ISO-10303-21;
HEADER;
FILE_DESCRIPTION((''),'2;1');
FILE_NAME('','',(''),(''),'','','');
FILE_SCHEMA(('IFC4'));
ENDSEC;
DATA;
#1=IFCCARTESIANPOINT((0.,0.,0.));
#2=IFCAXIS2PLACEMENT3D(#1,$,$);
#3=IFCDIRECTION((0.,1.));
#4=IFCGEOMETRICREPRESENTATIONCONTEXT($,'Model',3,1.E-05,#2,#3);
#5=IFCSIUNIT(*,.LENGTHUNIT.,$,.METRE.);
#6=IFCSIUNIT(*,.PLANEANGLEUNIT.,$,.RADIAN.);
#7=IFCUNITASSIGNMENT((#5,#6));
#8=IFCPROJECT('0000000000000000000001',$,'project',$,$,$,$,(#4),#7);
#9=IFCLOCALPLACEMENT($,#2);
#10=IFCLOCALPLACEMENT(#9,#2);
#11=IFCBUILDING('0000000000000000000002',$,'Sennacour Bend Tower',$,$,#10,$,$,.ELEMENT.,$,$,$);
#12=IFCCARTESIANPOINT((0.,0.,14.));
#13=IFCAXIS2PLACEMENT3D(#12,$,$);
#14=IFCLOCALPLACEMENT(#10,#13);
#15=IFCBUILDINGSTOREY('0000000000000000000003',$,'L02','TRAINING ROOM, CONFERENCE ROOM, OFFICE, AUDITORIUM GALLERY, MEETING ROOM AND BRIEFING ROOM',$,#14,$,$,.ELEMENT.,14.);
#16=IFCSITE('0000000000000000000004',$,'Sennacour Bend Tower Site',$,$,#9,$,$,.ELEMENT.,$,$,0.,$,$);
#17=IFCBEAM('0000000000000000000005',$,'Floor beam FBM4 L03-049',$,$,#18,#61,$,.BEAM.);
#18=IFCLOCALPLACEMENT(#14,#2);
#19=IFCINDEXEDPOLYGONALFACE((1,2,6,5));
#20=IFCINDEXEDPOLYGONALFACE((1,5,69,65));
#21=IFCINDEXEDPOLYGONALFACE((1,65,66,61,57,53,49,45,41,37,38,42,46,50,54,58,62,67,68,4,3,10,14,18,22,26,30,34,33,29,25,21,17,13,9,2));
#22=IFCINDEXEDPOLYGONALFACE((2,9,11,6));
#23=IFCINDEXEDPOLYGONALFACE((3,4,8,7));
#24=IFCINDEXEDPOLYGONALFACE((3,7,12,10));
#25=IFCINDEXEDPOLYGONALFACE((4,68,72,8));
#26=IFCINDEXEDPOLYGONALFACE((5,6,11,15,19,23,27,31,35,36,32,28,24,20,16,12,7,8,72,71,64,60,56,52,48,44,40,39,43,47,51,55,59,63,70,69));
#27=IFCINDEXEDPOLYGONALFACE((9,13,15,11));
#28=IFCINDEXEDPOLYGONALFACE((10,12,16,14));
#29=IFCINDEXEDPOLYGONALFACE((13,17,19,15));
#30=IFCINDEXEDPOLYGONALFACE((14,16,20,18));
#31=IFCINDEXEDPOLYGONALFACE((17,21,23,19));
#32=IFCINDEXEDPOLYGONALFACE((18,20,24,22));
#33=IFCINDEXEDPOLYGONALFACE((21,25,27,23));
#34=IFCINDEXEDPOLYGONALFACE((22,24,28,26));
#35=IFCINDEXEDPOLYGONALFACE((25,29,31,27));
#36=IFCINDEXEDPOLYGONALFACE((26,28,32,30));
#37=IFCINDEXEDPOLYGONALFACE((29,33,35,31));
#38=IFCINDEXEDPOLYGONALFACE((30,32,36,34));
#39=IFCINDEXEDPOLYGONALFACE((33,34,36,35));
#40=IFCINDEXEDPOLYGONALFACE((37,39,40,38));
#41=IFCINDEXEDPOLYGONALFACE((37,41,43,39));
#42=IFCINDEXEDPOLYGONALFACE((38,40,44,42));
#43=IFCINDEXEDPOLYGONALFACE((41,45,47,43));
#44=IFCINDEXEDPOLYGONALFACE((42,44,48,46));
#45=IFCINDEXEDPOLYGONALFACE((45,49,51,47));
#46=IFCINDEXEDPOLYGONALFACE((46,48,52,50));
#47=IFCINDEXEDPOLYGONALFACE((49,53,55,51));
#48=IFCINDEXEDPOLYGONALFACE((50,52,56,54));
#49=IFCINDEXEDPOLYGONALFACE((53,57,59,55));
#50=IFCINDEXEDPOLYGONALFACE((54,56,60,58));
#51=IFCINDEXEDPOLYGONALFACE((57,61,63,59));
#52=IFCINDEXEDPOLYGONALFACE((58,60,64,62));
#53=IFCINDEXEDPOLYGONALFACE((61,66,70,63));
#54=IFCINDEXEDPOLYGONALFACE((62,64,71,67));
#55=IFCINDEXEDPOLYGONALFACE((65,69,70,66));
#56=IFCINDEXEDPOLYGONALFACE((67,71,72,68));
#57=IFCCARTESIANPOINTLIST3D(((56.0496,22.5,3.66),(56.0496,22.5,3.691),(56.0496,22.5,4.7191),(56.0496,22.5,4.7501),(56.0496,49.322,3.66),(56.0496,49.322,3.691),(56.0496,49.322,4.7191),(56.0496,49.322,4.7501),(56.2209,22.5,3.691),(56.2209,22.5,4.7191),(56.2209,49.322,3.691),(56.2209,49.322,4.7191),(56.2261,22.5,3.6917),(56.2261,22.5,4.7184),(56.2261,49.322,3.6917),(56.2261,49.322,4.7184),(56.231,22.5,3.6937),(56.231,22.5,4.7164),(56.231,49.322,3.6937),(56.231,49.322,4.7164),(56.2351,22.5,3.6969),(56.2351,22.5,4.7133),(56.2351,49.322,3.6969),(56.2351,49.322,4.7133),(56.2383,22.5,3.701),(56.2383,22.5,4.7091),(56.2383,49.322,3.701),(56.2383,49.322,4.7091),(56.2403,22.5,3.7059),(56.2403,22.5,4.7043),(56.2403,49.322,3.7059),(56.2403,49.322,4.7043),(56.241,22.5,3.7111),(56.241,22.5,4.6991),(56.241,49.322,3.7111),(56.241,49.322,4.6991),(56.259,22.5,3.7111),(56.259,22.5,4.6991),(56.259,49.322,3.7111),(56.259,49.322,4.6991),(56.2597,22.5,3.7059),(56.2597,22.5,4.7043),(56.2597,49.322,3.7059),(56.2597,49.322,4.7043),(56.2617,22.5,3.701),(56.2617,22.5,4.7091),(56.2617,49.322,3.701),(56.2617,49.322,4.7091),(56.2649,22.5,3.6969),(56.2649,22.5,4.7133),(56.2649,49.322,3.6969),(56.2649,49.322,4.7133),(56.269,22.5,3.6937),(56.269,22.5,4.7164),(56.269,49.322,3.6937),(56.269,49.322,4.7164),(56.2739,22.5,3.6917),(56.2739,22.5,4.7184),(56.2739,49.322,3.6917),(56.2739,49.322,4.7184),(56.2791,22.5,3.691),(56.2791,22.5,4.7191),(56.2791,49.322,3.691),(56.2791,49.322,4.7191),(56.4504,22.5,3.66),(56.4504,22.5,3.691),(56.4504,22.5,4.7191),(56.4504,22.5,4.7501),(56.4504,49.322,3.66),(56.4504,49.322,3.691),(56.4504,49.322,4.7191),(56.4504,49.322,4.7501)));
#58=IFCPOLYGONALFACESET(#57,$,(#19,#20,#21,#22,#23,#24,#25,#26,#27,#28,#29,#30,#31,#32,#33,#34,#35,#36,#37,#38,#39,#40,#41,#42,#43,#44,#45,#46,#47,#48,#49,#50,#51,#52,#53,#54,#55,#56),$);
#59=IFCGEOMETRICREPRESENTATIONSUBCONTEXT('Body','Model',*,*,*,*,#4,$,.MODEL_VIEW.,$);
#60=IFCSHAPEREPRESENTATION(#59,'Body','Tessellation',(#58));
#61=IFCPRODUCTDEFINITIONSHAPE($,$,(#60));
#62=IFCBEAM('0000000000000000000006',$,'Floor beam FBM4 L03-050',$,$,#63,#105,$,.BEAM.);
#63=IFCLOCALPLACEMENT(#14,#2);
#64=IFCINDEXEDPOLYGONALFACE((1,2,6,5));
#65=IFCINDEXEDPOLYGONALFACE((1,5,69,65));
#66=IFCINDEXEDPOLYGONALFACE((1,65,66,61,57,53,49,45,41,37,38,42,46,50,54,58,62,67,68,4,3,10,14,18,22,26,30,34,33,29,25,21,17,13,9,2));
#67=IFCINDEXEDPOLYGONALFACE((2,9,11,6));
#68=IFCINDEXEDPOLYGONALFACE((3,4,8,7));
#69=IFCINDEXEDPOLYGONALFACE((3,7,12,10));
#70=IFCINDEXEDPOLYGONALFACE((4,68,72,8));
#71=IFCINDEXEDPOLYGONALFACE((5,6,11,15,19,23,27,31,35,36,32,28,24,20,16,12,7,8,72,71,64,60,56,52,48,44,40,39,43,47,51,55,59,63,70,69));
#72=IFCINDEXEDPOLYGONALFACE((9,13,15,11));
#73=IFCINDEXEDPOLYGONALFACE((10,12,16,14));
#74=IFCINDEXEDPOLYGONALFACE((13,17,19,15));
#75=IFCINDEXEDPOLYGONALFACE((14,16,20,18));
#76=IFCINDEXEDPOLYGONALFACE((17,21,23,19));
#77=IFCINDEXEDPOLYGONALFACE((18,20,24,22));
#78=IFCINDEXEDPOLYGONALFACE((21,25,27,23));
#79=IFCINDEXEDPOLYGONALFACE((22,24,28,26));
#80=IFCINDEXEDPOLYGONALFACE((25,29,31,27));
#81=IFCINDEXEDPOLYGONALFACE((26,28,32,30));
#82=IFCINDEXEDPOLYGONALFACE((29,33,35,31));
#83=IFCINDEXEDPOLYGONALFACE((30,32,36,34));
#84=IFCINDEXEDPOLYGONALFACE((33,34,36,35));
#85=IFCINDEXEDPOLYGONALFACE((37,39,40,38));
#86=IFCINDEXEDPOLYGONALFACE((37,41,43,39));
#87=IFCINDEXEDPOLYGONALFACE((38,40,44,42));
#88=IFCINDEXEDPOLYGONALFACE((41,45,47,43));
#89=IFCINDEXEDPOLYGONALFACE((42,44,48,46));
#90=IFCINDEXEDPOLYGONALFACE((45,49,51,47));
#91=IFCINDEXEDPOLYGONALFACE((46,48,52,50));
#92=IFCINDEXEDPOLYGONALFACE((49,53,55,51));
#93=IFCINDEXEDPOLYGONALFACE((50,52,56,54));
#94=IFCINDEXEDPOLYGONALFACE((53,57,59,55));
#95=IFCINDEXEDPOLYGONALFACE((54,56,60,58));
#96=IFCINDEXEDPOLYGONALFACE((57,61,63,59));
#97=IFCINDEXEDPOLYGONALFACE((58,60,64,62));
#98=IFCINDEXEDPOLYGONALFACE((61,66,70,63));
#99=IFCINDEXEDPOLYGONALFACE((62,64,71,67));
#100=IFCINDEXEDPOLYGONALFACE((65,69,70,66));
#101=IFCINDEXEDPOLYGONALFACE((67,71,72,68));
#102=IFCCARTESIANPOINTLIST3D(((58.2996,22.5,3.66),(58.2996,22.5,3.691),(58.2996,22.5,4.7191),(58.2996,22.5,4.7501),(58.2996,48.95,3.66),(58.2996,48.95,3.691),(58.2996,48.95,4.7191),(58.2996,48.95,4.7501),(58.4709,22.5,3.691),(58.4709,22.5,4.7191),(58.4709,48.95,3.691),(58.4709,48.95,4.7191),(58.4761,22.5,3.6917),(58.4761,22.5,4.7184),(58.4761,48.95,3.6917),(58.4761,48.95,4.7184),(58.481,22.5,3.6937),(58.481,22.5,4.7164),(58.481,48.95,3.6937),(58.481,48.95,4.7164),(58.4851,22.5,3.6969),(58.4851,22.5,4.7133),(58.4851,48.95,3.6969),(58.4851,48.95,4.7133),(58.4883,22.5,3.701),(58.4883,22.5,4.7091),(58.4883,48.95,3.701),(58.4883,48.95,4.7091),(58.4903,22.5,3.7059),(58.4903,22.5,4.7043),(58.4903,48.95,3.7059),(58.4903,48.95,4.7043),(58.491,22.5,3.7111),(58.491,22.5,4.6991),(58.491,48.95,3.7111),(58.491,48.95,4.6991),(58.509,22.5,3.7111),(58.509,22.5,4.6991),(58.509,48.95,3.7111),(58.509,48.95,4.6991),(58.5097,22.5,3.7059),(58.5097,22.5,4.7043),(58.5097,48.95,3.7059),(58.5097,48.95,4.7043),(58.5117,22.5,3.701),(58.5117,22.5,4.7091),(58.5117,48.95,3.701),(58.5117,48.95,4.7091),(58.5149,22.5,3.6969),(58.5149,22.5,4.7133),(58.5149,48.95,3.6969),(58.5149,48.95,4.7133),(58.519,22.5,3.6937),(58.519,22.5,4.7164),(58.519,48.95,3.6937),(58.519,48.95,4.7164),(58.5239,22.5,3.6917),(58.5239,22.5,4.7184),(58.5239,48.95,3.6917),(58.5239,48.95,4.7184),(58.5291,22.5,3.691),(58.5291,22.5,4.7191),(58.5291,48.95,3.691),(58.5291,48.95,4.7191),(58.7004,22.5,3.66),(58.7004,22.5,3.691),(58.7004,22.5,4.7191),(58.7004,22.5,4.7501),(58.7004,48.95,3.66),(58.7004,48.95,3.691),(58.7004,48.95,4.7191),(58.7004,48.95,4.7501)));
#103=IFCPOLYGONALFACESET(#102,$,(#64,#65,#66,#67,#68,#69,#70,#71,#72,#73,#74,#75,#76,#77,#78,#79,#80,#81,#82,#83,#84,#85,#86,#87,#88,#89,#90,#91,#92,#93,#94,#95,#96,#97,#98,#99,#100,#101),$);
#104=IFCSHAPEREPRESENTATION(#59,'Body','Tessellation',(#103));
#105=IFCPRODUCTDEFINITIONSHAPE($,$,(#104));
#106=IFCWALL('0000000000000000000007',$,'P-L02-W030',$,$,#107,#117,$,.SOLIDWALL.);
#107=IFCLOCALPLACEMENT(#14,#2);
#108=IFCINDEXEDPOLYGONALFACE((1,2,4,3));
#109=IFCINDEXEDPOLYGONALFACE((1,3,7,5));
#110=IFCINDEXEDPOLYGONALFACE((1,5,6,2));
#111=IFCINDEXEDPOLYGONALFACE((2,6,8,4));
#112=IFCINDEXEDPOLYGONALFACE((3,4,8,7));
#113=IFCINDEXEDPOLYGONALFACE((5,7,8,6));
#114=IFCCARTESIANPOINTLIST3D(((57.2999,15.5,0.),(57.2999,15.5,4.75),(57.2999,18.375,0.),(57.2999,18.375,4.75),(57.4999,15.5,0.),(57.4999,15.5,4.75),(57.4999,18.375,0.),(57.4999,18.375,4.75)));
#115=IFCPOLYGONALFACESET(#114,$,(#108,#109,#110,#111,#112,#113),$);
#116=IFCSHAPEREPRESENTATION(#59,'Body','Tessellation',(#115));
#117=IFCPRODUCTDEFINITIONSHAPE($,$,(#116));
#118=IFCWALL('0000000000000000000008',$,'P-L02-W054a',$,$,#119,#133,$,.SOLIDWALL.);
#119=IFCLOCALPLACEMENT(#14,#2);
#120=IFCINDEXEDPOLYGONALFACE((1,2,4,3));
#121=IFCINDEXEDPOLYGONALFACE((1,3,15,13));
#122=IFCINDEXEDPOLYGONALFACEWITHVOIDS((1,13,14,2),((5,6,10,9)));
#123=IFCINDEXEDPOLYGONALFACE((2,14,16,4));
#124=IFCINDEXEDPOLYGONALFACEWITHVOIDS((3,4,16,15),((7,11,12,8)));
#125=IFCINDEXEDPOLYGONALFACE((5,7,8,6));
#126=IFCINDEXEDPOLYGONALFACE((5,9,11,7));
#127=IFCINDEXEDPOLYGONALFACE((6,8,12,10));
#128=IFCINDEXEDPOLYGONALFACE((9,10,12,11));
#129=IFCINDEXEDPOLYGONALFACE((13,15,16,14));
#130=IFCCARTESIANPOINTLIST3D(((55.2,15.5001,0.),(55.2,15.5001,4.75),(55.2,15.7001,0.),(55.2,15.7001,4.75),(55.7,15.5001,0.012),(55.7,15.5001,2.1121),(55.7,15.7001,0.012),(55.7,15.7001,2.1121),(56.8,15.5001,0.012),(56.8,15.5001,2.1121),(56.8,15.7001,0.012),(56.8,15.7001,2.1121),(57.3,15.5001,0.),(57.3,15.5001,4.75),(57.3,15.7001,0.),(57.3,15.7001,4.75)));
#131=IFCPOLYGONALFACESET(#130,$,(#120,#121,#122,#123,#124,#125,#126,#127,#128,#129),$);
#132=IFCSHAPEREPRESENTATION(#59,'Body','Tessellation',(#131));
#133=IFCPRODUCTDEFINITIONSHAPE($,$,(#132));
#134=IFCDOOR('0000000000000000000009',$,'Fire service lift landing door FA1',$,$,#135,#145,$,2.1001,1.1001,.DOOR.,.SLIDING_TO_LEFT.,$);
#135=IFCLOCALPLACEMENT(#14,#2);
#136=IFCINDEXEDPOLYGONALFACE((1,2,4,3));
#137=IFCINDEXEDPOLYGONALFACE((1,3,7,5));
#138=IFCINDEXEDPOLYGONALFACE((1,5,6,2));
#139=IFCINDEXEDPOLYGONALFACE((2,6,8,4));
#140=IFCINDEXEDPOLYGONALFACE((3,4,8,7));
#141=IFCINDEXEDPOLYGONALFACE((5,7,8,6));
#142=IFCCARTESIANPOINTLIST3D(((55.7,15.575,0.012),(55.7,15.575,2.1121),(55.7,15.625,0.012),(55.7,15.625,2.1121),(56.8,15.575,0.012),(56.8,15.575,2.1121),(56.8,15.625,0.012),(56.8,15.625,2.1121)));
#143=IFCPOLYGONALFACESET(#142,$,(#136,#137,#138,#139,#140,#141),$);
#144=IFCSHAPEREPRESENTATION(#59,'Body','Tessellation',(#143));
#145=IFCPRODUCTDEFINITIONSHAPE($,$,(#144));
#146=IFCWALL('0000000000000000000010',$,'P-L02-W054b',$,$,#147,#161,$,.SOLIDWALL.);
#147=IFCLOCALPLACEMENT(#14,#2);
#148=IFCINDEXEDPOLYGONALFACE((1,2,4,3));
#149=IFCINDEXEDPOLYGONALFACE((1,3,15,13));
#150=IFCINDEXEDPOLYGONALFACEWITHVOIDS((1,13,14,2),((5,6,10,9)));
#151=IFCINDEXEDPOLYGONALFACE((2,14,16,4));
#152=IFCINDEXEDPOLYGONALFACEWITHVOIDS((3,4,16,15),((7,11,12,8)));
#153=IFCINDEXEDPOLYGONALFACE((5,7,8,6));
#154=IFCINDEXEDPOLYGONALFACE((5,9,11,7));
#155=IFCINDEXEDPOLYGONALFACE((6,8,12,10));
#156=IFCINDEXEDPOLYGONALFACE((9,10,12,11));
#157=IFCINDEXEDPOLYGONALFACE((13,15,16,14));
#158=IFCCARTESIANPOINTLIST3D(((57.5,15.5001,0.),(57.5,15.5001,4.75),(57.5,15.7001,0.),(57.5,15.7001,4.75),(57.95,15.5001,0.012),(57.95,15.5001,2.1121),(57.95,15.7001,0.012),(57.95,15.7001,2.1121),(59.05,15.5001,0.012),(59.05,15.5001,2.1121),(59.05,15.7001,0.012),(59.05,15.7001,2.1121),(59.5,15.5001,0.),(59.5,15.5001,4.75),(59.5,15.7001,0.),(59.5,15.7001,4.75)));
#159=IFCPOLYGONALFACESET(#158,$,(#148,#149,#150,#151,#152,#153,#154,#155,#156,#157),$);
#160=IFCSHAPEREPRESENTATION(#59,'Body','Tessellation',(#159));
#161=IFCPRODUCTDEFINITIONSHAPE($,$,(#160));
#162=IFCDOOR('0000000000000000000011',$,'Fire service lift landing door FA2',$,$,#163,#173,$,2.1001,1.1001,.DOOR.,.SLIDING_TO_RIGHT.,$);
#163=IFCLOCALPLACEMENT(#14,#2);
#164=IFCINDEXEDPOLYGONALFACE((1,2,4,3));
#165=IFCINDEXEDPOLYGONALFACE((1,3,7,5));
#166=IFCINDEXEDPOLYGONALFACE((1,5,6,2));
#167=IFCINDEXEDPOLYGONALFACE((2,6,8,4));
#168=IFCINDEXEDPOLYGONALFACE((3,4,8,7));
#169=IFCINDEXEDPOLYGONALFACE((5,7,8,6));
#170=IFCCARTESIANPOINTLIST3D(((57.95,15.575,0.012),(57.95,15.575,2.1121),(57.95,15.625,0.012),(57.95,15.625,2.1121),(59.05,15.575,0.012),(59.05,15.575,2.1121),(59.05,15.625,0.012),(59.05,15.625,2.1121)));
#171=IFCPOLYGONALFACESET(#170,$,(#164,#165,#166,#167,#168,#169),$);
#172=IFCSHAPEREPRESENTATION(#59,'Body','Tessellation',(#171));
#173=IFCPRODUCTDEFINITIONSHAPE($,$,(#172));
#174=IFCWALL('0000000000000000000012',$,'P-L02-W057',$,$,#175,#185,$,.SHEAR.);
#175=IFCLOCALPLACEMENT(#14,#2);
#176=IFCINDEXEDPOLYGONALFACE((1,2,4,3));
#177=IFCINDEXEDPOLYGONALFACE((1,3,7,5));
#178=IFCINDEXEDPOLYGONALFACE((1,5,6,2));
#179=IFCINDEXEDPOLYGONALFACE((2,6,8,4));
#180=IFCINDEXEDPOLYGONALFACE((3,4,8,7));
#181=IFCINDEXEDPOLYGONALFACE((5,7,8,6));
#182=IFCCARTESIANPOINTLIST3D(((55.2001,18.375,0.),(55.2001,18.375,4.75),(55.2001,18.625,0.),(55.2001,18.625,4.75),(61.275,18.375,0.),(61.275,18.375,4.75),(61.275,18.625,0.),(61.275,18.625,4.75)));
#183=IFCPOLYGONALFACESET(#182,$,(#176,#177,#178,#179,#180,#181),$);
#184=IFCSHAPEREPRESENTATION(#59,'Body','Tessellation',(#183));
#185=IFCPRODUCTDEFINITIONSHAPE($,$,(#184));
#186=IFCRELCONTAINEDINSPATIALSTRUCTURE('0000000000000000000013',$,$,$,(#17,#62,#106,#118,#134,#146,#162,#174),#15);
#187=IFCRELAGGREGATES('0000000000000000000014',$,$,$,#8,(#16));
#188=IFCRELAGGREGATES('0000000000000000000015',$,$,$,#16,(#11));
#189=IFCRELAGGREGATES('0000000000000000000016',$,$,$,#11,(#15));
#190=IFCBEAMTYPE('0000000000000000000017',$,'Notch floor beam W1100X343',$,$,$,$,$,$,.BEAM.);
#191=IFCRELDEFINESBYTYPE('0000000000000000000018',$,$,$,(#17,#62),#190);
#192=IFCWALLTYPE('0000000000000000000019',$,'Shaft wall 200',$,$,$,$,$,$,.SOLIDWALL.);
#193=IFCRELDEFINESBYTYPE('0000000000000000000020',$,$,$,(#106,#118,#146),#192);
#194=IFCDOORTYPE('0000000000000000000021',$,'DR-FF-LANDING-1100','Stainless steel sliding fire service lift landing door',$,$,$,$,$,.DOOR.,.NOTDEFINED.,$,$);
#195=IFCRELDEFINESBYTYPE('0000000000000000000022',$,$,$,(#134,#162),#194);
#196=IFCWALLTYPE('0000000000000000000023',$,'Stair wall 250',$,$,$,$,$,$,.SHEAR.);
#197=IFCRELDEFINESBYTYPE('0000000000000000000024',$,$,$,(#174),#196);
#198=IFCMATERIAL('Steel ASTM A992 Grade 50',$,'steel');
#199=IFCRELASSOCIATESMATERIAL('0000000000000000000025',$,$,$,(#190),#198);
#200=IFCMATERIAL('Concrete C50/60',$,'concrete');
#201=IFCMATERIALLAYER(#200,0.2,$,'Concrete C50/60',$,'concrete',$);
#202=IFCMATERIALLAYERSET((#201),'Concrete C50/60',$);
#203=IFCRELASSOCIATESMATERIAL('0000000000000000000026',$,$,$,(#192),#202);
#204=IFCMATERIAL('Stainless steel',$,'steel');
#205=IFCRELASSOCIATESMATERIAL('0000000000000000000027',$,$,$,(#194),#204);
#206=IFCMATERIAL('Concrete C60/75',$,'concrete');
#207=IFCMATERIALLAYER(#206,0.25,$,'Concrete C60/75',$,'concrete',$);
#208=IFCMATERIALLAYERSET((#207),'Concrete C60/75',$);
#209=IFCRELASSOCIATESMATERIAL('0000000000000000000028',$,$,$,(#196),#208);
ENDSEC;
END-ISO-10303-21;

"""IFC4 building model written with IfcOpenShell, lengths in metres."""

from ifc_helpers import new_model, si_unit, direction, frame, frame_2d, origin, origin_2d, place, context, subcontext, project, spatial, rectangle, i_section, extrude, material, layer, layer_set, material_profile, profile_set, type_object, element, fill, save


model = new_model("IFC4")

# Units and contexts
model_context = context("Model", 3, precision=1e-05, world=origin(), true_north=direction((0.0, 1.0)))
body_context = subcontext(model_context, "Body", "Model", "MODEL_VIEW")
ifc_project = project(units=[si_unit("LENGTHUNIT", "METRE"), si_unit("PLANEANGLEUNIT", "RADIAN")], contexts=[model_context])

# Site, building, storey
site_placement = place(None, origin())
site = spatial("IfcSite", under=ifc_project, at=site_placement, Name="Sennacour Bend Tower Site", CompositionType="ELEMENT", RefElevation=0.0)
building_placement = place(site_placement, origin())
building = spatial("IfcBuilding", under=site, at=building_placement, Name="Sennacour Bend Tower", CompositionType="ELEMENT")
storey_placement = place(building_placement, frame((0.0, 0.0, 14.0)))
storey = spatial("IfcBuildingStorey", under=building, at=storey_placement, Name="L02", Description="TRAINING ROOM, CONFERENCE ROOM, OFFICE, AUDITORIUM GALLERY, MEETING ROOM AND BRIEFING ROOM", CompositionType="ELEMENT", Elevation=14.0)

# Beams
ifc_material_1 = material(Name="Steel ASTM A992 Grade 50", Category="steel")
ifc_material_profile = material_profile(ifc_material_1, i_section(OverallWidth=0.4009, OverallDepth=1.0901, WebThickness=0.0181, FlangeThickness=0.031, FilletRadius=0.02, at=origin_2d()), Name="Steel ASTM A992 Grade 50", Category="steel")
ifc_profile_set = profile_set([ifc_material_profile], Name="Steel ASTM A992 Grade 50")
beam_type = type_object("IfcBeamType", Name="Notch floor beam W1100X343", PredefinedType="BEAM", material=ifc_profile_set)
beam_1_placement = place(storey_placement, frame((56.25, 22.5, 4.2051), z_axis=(0.0, 1.0, 0.0), x_axis=(-1.0, 0.0, 0.0)))
element("IfcBeam", 1, at=beam_1_placement, inside=storey, type_object=beam_type, Name="Floor beam FBM4 L03-049", PredefinedType="BEAM", context=body_context, shape_type="SweptSolid", body=[
    extrude(i_section(OverallWidth=0.4009, OverallDepth=1.0901, WebThickness=0.0181, FlangeThickness=0.031, FilletRadius=0.02, at=origin_2d()), origin(), (0.0, 0.0, 1.0), 26.822),
])
beam_2_placement = place(storey_placement, frame((58.5, 22.5, 4.2051), z_axis=(0.0, 1.0, 0.0), x_axis=(-1.0, 0.0, 0.0)))
element("IfcBeam", 2, at=beam_2_placement, inside=storey, type_object=beam_type, Name="Floor beam FBM4 L03-050", PredefinedType="BEAM", context=body_context, shape_type="SweptSolid", body=[
    extrude(i_section(OverallWidth=0.4009, OverallDepth=1.0901, WebThickness=0.0181, FlangeThickness=0.031, FilletRadius=0.02, at=origin_2d()), origin(), (0.0, 0.0, 1.0), 26.45),
])

# Wall
ifc_material_2 = material(Name="Concrete C50/60", Category="concrete")
ifc_layer_1 = layer(ifc_material_2, 0.2, Name="Concrete C50/60", Category="concrete")
ifc_layer_set_1 = layer_set([ifc_layer_1], Name="Concrete C50/60")
wall_type_1 = type_object("IfcWallType", Name="Shaft wall 200", PredefinedType="SOLIDWALL", material=ifc_layer_set_1)
wall_1_placement = place(storey_placement, frame((57.3999, 15.5, 0.0), z_axis=(0.0, 0.0, 1.0), x_axis=(0.0, 1.0, 0.0)))
element("IfcWall", 3, at=wall_1_placement, inside=storey, type_object=wall_type_1, Name="P-L02-W030", PredefinedType="SOLIDWALL", context=body_context, shape_type="SweptSolid", body=[
    extrude(rectangle(XDim=2.875, YDim=0.2, at=frame_2d((1.4375, 0.0))), origin(), (0.0, 0.0, 1.0), 4.75),
])

# Walls, openings, doors
wall_2_placement = place(storey_placement, frame((55.2, 15.6001, 0.0), z_axis=(0.0, 0.0, 1.0), x_axis=(1.0, 0.0, 0.0)))
wall_2 = element("IfcWall", 4, at=wall_2_placement, inside=storey, type_object=wall_type_1, Name="P-L02-W054a", PredefinedType="SOLIDWALL", context=body_context, shape_type="SweptSolid", body=[
    extrude(rectangle(XDim=2.1001, YDim=0.2, at=frame_2d((1.05, 0.0))), origin(), (0.0, 0.0, 1.0), 4.75),
])
opening_1_placement = place(wall_2_placement, frame((0.5, 0.0, 0.012)))
opening_1 = element("IfcOpeningElement", 5, at=opening_1_placement, cuts=wall_2, PredefinedType="OPENING", context=body_context, shape_type="SweptSolid", body=[
    extrude(rectangle(XDim=1.1001, YDim=2.1001, at=frame_2d((0.55, 1.05))), frame((0.0, 0.1099, 0.0), z_axis=(0.0, -1.0, 0.0), x_axis=(1.0, 0.0, 0.0)), (0.0, 0.0, 1.0), 0.22),
])
ifc_material_3 = material(Name="Stainless steel", Category="steel")
door_type = type_object("IfcDoorType", Name="DR-FF-LANDING-1100", Description="Stainless steel sliding fire service lift landing door", OperationType="NOTDEFINED", PredefinedType="DOOR", material=ifc_material_3)
door_1_placement = place(opening_1_placement, origin())
door_1 = element("IfcDoor", 6, at=door_1_placement, inside=storey, type_object=door_type, Name="Fire service lift landing door FA1", OperationType="SLIDING_TO_LEFT", OverallHeight=2.1001, OverallWidth=1.1001, PredefinedType="DOOR", context=body_context, shape_type="SweptSolid", body=[
    extrude(rectangle(XDim=1.1001, YDim=2.1001, at=frame_2d((0.55, 1.05))), frame((0.0, 0.0249, 0.0), z_axis=(0.0, -1.0, 0.0), x_axis=(1.0, 0.0, 0.0)), (0.0, 0.0, 1.0), 0.05),
])
fill(opening_1, door_1)
wall_3_placement = place(storey_placement, frame((57.5, 15.6001, 0.0), z_axis=(0.0, 0.0, 1.0), x_axis=(1.0, 0.0, 0.0)))
wall_3 = element("IfcWall", 7, at=wall_3_placement, inside=storey, type_object=wall_type_1, Name="P-L02-W054b", PredefinedType="SOLIDWALL", context=body_context, shape_type="SweptSolid", body=[
    extrude(rectangle(XDim=2.0, YDim=0.2, at=frame_2d((1.0, 0.0))), origin(), (0.0, 0.0, 1.0), 4.75),
])
opening_2_placement = place(wall_3_placement, frame((0.45, 0.0, 0.012)))
opening_2 = element("IfcOpeningElement", 8, at=opening_2_placement, cuts=wall_3, PredefinedType="OPENING", context=body_context, shape_type="SweptSolid", body=[
    extrude(rectangle(XDim=1.1001, YDim=2.1001, at=frame_2d((0.55, 1.05))), frame((0.0, 0.1099, 0.0), z_axis=(0.0, -1.0, 0.0), x_axis=(1.0, 0.0, 0.0)), (0.0, 0.0, 1.0), 0.22),
])
door_2_placement = place(opening_2_placement, origin())
door_2 = element("IfcDoor", 9, at=door_2_placement, inside=storey, type_object=door_type, Name="Fire service lift landing door FA2", OperationType="SLIDING_TO_RIGHT", OverallHeight=2.1001, OverallWidth=1.1001, PredefinedType="DOOR", context=body_context, shape_type="SweptSolid", body=[
    extrude(rectangle(XDim=1.1001, YDim=2.1001, at=frame_2d((0.55, 1.05))), frame((0.0, 0.0249, 0.0), z_axis=(0.0, -1.0, 0.0), x_axis=(1.0, 0.0, 0.0)), (0.0, 0.0, 1.0), 0.05),
])
fill(opening_2, door_2)

# Wall
ifc_material_4 = material(Name="Concrete C60/75", Category="concrete")
ifc_layer_2 = layer(ifc_material_4, 0.25, Name="Concrete C60/75", Category="concrete")
ifc_layer_set_2 = layer_set([ifc_layer_2], Name="Concrete C60/75")
wall_type_2 = type_object("IfcWallType", Name="Stair wall 250", PredefinedType="SHEAR", material=ifc_layer_set_2)
wall_4_placement = place(storey_placement, frame((55.2, 18.5, 0.0), z_axis=(0.0, 0.0, 1.0), x_axis=(1.0, 0.0, 0.0)))
element("IfcWall", 10, at=wall_4_placement, inside=storey, type_object=wall_type_2, Name="P-L02-W057", PredefinedType="SHEAR", context=body_context, shape_type="SweptSolid", body=[
    extrude(rectangle(XDim=6.075, YDim=0.25, at=frame_2d((3.0376, 0.0))), origin(), (0.0, 0.0, 1.0), 4.75),
])

save(model, "model.ifc")
